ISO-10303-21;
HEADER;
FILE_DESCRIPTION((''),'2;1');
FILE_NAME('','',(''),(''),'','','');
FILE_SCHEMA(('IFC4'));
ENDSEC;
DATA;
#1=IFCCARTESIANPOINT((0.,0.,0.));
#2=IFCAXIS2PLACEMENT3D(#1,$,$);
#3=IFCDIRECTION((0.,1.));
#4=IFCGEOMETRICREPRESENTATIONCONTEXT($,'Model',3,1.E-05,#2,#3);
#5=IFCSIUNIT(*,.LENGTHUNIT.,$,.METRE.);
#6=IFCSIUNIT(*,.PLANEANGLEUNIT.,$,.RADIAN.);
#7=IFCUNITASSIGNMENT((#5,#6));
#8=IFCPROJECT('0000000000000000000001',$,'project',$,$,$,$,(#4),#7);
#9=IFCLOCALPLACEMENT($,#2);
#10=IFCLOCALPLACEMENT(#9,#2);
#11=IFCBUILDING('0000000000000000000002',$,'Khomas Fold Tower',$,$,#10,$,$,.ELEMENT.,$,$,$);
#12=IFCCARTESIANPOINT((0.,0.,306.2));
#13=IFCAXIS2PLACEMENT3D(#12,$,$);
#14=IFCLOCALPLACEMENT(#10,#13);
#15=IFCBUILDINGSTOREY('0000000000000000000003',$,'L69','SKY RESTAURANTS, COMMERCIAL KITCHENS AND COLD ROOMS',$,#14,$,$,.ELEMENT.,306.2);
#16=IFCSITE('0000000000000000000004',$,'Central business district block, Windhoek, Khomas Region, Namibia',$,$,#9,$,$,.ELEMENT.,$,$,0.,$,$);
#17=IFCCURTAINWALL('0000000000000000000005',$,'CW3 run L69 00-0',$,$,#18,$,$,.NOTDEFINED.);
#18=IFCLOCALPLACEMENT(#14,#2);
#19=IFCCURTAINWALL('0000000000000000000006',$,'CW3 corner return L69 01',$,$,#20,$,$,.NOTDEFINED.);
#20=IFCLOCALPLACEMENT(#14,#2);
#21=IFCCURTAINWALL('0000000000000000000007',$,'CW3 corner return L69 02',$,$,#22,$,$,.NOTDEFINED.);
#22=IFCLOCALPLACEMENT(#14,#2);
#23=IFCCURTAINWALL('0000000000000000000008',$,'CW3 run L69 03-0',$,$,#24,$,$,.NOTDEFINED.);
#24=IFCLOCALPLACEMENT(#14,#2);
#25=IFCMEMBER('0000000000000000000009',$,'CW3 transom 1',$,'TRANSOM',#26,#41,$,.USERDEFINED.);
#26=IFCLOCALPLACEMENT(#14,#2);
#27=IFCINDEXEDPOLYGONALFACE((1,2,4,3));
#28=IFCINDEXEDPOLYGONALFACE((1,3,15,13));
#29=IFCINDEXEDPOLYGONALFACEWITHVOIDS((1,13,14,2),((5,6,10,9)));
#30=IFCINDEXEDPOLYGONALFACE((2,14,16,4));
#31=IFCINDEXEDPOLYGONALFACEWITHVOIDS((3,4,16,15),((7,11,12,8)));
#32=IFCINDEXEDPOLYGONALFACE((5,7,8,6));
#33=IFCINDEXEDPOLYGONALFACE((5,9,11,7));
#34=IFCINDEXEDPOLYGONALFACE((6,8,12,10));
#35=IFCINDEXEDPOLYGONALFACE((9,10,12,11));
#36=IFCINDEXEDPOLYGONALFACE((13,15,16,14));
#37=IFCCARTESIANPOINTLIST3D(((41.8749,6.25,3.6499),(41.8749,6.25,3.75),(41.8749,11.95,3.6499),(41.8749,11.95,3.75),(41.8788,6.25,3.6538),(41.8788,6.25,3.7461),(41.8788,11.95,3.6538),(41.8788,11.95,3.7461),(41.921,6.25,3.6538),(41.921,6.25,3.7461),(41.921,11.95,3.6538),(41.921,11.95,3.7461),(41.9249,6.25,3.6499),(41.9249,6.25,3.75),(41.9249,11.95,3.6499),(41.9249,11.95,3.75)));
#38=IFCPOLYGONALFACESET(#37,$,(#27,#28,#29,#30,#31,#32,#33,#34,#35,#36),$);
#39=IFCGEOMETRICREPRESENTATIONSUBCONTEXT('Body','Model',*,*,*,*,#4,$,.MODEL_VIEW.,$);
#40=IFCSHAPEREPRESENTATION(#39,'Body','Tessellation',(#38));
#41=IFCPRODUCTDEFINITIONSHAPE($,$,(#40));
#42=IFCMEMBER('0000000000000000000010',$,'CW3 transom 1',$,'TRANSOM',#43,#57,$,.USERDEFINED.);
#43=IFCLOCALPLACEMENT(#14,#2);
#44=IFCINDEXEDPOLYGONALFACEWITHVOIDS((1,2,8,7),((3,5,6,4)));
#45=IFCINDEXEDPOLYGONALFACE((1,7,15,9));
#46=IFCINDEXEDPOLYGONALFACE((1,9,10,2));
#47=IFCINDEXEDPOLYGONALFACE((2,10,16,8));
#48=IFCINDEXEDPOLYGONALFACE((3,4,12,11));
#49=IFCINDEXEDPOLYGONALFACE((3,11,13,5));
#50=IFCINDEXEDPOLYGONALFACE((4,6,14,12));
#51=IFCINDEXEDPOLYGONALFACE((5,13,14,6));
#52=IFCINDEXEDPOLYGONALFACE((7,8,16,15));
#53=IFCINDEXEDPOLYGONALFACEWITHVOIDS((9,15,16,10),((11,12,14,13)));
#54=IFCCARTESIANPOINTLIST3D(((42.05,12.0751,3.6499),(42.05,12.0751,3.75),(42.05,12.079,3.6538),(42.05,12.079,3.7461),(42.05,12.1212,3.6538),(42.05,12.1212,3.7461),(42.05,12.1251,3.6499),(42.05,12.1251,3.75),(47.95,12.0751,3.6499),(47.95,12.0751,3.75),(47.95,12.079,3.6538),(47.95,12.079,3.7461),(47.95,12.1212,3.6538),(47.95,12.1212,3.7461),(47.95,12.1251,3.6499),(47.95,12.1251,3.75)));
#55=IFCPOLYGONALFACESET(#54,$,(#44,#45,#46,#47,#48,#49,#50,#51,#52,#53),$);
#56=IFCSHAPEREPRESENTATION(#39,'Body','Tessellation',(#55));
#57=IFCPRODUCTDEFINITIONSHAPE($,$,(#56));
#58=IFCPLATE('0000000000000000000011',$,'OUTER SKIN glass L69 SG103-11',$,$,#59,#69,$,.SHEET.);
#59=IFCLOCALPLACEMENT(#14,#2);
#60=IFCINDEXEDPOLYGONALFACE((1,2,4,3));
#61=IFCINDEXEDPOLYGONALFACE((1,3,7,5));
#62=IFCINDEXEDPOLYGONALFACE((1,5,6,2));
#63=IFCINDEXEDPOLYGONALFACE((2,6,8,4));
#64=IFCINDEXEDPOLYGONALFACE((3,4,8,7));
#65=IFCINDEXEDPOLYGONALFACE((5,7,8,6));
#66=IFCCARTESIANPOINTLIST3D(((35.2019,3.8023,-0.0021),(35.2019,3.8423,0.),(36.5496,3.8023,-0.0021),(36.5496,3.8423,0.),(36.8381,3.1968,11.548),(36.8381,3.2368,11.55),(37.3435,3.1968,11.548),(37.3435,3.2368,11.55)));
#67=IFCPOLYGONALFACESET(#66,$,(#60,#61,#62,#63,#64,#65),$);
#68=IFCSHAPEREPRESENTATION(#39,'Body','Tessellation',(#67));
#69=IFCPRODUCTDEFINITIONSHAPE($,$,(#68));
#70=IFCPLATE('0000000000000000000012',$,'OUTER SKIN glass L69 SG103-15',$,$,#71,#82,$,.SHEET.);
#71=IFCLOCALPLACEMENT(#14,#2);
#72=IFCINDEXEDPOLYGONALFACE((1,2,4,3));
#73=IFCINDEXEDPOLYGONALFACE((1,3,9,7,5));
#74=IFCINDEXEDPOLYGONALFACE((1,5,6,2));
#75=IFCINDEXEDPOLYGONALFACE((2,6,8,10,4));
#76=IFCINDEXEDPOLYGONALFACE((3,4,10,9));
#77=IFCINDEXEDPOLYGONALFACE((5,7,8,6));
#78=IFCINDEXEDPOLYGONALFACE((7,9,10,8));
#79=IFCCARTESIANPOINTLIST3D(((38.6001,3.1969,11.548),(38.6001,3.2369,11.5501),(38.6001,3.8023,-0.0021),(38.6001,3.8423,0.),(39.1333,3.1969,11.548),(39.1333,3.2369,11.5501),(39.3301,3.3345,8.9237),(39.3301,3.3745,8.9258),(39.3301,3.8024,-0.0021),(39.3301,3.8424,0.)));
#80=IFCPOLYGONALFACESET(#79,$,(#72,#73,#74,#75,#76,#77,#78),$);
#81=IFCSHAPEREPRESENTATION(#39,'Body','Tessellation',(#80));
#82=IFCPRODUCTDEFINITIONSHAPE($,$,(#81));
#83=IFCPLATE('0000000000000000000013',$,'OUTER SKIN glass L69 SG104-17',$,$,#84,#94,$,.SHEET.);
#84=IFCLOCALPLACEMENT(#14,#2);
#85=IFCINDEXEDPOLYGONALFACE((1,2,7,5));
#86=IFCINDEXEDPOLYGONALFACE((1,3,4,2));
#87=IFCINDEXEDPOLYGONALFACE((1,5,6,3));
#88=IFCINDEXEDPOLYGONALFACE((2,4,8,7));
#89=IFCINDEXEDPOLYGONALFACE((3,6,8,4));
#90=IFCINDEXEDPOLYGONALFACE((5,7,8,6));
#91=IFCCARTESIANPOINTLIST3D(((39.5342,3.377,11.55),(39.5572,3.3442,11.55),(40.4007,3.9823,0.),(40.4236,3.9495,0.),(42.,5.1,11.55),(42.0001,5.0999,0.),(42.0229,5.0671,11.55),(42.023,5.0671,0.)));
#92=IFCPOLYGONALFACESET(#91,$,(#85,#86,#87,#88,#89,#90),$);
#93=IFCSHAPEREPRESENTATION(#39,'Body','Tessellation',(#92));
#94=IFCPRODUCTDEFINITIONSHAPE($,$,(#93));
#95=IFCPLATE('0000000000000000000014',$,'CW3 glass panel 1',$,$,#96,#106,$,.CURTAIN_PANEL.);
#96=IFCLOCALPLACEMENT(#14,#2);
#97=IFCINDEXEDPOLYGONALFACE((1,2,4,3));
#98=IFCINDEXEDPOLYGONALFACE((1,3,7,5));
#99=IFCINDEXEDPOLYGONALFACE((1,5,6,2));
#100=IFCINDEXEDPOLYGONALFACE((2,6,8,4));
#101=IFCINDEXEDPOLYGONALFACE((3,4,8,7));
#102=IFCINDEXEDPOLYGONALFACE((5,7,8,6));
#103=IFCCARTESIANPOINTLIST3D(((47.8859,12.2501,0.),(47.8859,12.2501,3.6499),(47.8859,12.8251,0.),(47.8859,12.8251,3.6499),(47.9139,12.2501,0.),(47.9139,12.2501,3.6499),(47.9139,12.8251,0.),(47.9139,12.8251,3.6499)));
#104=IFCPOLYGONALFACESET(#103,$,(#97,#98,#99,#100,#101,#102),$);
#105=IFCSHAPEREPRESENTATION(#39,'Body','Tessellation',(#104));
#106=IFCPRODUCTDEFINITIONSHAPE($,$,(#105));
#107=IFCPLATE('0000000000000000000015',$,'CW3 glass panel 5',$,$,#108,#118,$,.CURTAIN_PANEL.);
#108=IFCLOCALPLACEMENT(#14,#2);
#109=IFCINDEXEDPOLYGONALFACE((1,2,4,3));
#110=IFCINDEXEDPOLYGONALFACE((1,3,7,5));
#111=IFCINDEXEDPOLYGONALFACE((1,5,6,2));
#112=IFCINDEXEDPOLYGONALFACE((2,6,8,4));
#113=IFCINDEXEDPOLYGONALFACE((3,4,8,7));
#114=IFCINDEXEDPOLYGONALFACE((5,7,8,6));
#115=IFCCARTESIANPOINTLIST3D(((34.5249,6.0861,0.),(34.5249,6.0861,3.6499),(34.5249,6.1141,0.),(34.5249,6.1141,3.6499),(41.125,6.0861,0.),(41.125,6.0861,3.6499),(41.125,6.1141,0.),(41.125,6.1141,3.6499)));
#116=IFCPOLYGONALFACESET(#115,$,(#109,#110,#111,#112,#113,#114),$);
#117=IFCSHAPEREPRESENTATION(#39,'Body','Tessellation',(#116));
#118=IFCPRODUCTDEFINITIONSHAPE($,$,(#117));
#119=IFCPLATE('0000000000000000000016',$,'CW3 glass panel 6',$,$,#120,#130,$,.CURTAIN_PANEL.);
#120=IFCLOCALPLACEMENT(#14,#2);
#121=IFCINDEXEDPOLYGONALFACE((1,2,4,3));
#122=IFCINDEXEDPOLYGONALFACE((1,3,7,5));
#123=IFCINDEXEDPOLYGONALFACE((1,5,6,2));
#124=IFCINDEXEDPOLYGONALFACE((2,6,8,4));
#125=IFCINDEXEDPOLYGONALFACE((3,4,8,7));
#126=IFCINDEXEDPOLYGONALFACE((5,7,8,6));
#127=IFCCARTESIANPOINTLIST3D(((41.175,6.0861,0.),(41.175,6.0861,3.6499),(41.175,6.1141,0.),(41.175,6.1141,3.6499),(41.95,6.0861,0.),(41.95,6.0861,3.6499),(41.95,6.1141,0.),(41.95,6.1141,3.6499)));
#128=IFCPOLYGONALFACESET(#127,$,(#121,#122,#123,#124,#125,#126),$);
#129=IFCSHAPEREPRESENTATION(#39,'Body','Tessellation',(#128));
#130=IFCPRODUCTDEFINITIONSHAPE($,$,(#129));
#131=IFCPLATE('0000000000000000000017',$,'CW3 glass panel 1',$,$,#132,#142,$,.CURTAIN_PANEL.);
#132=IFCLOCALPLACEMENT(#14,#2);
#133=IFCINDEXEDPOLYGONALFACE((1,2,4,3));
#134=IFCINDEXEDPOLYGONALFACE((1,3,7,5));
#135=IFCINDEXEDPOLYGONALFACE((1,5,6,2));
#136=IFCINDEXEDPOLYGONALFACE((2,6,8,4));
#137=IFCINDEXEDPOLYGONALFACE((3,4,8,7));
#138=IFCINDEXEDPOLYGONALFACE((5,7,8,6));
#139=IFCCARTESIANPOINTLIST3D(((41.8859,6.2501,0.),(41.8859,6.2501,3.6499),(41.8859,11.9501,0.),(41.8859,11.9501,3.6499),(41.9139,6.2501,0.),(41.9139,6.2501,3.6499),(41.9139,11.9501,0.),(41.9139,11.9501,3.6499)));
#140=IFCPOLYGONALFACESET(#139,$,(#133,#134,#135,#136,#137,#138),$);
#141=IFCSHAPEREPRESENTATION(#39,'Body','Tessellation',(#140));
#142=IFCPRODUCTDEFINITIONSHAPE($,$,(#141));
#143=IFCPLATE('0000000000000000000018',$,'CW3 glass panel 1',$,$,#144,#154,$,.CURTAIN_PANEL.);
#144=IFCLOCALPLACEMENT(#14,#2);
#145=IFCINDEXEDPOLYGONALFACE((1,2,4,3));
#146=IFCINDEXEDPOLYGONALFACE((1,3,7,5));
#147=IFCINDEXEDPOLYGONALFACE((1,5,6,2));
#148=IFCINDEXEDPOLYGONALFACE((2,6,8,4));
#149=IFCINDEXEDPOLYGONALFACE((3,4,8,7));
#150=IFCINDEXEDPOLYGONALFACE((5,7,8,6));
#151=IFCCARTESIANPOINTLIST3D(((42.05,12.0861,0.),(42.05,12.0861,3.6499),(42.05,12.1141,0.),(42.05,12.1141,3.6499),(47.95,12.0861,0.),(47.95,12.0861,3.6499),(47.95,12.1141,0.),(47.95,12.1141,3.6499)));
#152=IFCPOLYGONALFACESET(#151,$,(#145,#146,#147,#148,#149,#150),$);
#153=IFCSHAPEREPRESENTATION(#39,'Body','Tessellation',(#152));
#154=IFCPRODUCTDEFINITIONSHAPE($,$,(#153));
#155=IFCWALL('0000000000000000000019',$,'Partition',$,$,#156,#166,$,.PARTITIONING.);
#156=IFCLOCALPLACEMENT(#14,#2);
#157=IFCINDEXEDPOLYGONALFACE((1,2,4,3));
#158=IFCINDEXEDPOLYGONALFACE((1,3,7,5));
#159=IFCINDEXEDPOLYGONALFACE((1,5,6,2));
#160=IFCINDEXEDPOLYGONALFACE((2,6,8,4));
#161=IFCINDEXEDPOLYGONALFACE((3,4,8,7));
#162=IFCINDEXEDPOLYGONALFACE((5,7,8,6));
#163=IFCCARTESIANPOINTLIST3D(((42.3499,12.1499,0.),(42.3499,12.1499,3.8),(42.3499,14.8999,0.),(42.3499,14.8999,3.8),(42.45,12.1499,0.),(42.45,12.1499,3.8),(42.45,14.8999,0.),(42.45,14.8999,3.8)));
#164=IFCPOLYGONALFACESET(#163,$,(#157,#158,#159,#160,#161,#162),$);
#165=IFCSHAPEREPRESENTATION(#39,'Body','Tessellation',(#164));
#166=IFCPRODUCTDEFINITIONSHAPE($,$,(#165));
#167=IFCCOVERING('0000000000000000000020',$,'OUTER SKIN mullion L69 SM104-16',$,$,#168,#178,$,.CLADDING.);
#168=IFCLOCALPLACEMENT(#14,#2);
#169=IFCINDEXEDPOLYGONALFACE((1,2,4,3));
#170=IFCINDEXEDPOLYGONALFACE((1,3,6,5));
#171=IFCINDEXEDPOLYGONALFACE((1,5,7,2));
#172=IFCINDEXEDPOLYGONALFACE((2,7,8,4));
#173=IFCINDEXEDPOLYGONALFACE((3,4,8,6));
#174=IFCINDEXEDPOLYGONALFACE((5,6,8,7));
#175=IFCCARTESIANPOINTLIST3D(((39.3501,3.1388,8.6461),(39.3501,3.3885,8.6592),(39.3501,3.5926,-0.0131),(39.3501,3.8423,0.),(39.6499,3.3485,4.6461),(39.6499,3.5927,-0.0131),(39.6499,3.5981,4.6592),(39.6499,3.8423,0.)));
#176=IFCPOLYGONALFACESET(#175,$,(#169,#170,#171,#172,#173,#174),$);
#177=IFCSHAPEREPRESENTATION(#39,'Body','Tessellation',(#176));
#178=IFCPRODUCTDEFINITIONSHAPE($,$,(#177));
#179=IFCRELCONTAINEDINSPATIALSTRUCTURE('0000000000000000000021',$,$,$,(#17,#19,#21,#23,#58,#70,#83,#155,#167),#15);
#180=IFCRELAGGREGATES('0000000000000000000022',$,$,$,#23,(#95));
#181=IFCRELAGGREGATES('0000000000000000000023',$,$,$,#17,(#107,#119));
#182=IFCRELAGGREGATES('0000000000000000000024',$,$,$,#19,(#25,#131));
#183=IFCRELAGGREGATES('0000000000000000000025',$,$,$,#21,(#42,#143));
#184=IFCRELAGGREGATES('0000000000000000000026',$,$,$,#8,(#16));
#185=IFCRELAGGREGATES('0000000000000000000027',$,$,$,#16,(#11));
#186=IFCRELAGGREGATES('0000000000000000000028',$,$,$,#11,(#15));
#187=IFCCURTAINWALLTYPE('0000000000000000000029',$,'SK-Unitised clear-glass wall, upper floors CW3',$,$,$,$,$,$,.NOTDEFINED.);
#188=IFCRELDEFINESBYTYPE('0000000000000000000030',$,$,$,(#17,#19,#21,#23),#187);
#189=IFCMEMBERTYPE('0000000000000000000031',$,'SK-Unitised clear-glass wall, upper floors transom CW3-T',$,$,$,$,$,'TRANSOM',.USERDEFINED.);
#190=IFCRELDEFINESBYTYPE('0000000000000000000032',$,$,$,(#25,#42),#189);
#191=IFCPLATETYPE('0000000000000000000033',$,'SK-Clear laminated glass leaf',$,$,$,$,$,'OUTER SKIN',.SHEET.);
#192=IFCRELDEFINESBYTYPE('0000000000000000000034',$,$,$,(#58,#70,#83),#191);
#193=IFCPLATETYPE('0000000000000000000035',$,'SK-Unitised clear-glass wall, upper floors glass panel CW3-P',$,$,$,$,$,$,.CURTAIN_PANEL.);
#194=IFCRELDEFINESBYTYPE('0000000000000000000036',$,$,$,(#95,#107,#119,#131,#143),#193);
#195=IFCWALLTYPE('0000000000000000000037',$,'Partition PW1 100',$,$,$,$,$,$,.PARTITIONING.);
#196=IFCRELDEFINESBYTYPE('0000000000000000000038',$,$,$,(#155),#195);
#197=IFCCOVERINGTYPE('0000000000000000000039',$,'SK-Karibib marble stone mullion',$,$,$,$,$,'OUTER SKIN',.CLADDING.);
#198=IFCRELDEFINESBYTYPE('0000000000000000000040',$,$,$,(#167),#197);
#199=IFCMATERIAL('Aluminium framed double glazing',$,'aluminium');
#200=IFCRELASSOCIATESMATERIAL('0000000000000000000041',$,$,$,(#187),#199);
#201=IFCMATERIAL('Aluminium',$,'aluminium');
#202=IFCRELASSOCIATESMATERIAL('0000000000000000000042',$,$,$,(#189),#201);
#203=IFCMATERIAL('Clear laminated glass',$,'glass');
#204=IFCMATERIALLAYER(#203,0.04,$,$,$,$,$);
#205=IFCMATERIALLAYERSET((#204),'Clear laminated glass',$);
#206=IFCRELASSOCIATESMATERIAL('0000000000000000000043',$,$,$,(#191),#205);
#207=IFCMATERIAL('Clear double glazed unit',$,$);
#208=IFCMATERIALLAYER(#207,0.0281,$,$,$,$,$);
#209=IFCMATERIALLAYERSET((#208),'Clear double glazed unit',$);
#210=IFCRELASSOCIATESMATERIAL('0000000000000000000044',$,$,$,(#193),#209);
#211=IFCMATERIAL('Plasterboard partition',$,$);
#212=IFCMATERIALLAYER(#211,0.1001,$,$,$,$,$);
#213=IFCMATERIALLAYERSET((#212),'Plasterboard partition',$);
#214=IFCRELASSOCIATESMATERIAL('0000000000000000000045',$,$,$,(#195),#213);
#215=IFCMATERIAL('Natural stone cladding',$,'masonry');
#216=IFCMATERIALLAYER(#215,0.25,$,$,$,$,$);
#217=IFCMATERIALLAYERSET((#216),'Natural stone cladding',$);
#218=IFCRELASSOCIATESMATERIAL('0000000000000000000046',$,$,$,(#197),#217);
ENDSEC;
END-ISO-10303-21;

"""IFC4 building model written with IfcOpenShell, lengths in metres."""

from ifc_helpers import new_model, si_unit, direction, frame, frame_2d, origin, origin_2d, place, context, subcontext, project, spatial, polyline, rectangle, hollow_rectangle, outline, extrude, source, transform, mapped, material, layer, layer_set, material_profile, profile_set, type_object, element, aggregate, save


model = new_model("IFC4")

# Units and contexts
model_context = context("Model", 3, precision=1e-05, world=origin(), true_north=direction((0.0, 1.0)))
body_context = subcontext(model_context, "Body", "Model", "MODEL_VIEW")
ifc_project = project(units=[si_unit("LENGTHUNIT", "METRE"), si_unit("PLANEANGLEUNIT", "RADIAN")], contexts=[model_context])

# Site, building, storey
site_placement = place(None, origin())
site = spatial("IfcSite", under=ifc_project, at=site_placement, Name="Central business district block, Windhoek, Khomas Region, Namibia", CompositionType="ELEMENT", RefElevation=0.0)
building_placement = place(site_placement, origin())
building = spatial("IfcBuilding", under=site, at=building_placement, Name="Khomas Fold Tower", CompositionType="ELEMENT")
storey_placement = place(building_placement, frame((0.0, 0.0, 306.2)))
storey = spatial("IfcBuildingStorey", under=building, at=storey_placement, Name="L69", Description="SKY RESTAURANTS, COMMERCIAL KITCHENS AND COLD ROOMS", CompositionType="ELEMENT", Elevation=306.2)

# Curtain walls
ifc_material_1 = material(Name="Aluminium framed double glazing", Category="aluminium")
curtain_wall_type = type_object("IfcCurtainWallType", Name="SK-Unitised clear-glass wall, upper floors CW3", PredefinedType="NOTDEFINED", material=ifc_material_1)
curtain_wall_1_placement = place(storey_placement, origin())
curtain_wall_1 = element("IfcCurtainWall", 1, at=curtain_wall_1_placement, inside=storey, type_object=curtain_wall_type, Name="CW3 run L69 00-0", PredefinedType="NOTDEFINED")
curtain_wall_2_placement = place(storey_placement, origin())
curtain_wall_2 = element("IfcCurtainWall", 2, at=curtain_wall_2_placement, inside=storey, type_object=curtain_wall_type, Name="CW3 corner return L69 01", PredefinedType="NOTDEFINED")
curtain_wall_3_placement = place(storey_placement, origin())
curtain_wall_3 = element("IfcCurtainWall", 3, at=curtain_wall_3_placement, inside=storey, type_object=curtain_wall_type, Name="CW3 corner return L69 02", PredefinedType="NOTDEFINED")

# Curtain wall
curtain_wall_4_placement = place(storey_placement, origin())
curtain_wall_4 = element("IfcCurtainWall", 4, at=curtain_wall_4_placement, inside=storey, type_object=curtain_wall_type, Name="CW3 run L69 03-0", PredefinedType="NOTDEFINED")
ifc_material_2 = material(Name="Aluminium", Category="aluminium")
ifc_material_profile_1 = material_profile(ifc_material_2, hollow_rectangle(XDim=0.05, YDim=0.1001, WallThickness=0.0039, at=origin_2d()), Name="SK-Unitised clear-glass wall, upper floors transom CW3-T")
ifc_profile_set_1 = profile_set([ifc_material_profile_1], Name="Aluminium")
member_type_1 = type_object("IfcMemberType", Name="SK-Unitised clear-glass wall, upper floors transom CW3-T", ElementType="TRANSOM", PredefinedType="USERDEFINED", material=ifc_profile_set_1)

# Members
shared_shape_1 = source(origin(), body_context, "Body", "SweptSolid", [
    extrude(hollow_rectangle(XDim=0.05, YDim=0.1001, WallThickness=0.0039, at=origin_2d()), origin(), (0.0, 0.0, 1.0), 5.7),
])
member_1_placement = place(storey_placement, frame((41.8999, 6.25, 3.7), z_axis=(0.0, 1.0, 0.0), x_axis=(-1.0, 0.0, 0.0)))
member_1 = element("IfcMember", 5, at=member_1_placement, type_object=member_type_1, Name="CW3 transom 1", ObjectType="TRANSOM", PredefinedType="USERDEFINED", context=body_context, shape_type="MappedRepresentation", body=[
    mapped(shared_shape_1, transform((0.0, 0.0, 0.0))),
])
shared_shape_2 = source(origin(), body_context, "Body", "SweptSolid", [
    extrude(hollow_rectangle(XDim=0.05, YDim=0.1001, WallThickness=0.0039, at=origin_2d()), origin(), (0.0, 0.0, 1.0), 5.8999),
])
member_2_placement = place(storey_placement, frame((42.05, 12.1001, 3.7), z_axis=(1.0, 0.0, 0.0), x_axis=(0.0, 1.0, 0.0)))
member_2 = element("IfcMember", 6, at=member_2_placement, type_object=member_type_1, Name="CW3 transom 1", ObjectType="TRANSOM", PredefinedType="USERDEFINED", context=body_context, shape_type="MappedRepresentation", body=[
    mapped(shared_shape_2, transform((0.0, 0.0, 0.0))),
])

# Plates
ifc_material_3 = material(Name="Clear laminated glass", Category="glass")
ifc_layer_1 = layer(ifc_material_3, 0.04)
ifc_layer_set_1 = layer_set([ifc_layer_1], Name="Clear laminated glass")
plate_type_1 = type_object("IfcPlateType", Name="SK-Clear laminated glass leaf", ElementType="OUTER SKIN", PredefinedType="SHEET", material=ifc_layer_set_1)
plate_1_placement = place(storey_placement, frame((36.5496, 3.8423, 0.0), z_axis=(0.0, 0.998629, 0.052349), x_axis=(-1.0, 0.0, 0.0)))
element("IfcPlate", 7, at=plate_1_placement, inside=storey, type_object=plate_type_1, Name="OUTER SKIN glass L69 SG103-11", PredefinedType="SHEET", context=body_context, shape_type="SweptSolid", body=[
    extrude(outline(polyline([(0.0, 0.0), (1.3477, 0.0), (-0.2886, 11.5659), (-0.7939, 11.5659), (0.0, 0.0)])), origin(), (0.0, 0.0, -1.0), 0.04),
])
plate_2_placement = place(storey_placement, frame((39.3301, 3.3745, 8.9258), z_axis=(-0.00009, 0.998629, 0.052348), x_axis=(0.0, 0.052348, -0.998629)))
element("IfcPlate", 8, at=plate_2_placement, inside=storey, type_object=plate_type_1, Name="OUTER SKIN glass L69 SG103-15", PredefinedType="SHEET", context=body_context, shape_type="SweptSolid", body=[
    extrude(outline(polyline([(0.0, 0.0), (8.938, 0.0), (8.938, 0.73), (-2.6279, 0.73), (-2.6279, 0.1968), (0.0, 0.0)])), origin(), (0.0, 0.0, -1.0), 0.04),
])
plate_3_placement = place(storey_placement, frame((40.4236, 3.9495, 0.0), z_axis=(0.572778, -0.81971, 0.000008), x_axis=(-0.074701, -0.052188, 0.995839)))
element("IfcPlate", 9, at=plate_3_placement, inside=storey, type_object=plate_type_1, Name="OUTER SKIN glass L69 SG104-17", PredefinedType="SHEET", context=body_context, shape_type="SweptSolid", body=[
    extrude(outline(polyline([(0.0, 0.0), (11.5983, 0.0), (11.3242, -2.9956), (-0.1778, -1.9431), (0.0, 0.0)])), origin(), (0.0, 0.0, -1.0), 0.04),
])

# Plates
ifc_material_4 = material(Name="Clear double glazed unit")
ifc_layer_2 = layer(ifc_material_4, 0.0281)
ifc_layer_set_2 = layer_set([ifc_layer_2], Name="Clear double glazed unit")
plate_type_2 = type_object("IfcPlateType", Name="SK-Unitised clear-glass wall, upper floors glass panel CW3-P", PredefinedType="CURTAIN_PANEL", material=ifc_layer_set_2)
shared_shape_3 = source(origin(), body_context, "Body", "SweptSolid", [
    extrude(rectangle(XDim=0.575, YDim=0.0281, at=origin_2d()), origin(), (0.0, 0.0, 1.0), 3.6499),
])
plate_4_placement = place(storey_placement, frame((47.8999, 12.5376, 0.0), z_axis=(0.0, 0.0, 1.0), x_axis=(0.0, 1.0, 0.0)))
plate_4 = element("IfcPlate", 10, at=plate_4_placement, type_object=plate_type_2, Name="CW3 glass panel 1", PredefinedType="CURTAIN_PANEL", context=body_context, shape_type="MappedRepresentation", body=[
    mapped(shared_shape_3, transform((0.0, 0.0, 0.0))),
])
aggregate(curtain_wall_4, [plate_4])
shared_shape_4 = source(origin(), body_context, "Body", "SweptSolid", [
    extrude(rectangle(XDim=6.6001, YDim=0.0281, at=origin_2d()), origin(), (0.0, 0.0, 1.0), 3.6499),
])
plate_5_placement = place(storey_placement, frame((37.825, 6.1001, 0.0), z_axis=(0.0, 0.0, 1.0), x_axis=(1.0, 0.0, 0.0)))
plate_5 = element("IfcPlate", 11, at=plate_5_placement, type_object=plate_type_2, Name="CW3 glass panel 5", PredefinedType="CURTAIN_PANEL", context=body_context, shape_type="MappedRepresentation", body=[
    mapped(shared_shape_4, transform((0.0, 0.0, 0.0))),
])
shared_shape_5 = source(origin(), body_context, "Body", "SweptSolid", [
    extrude(rectangle(XDim=0.7749, YDim=0.0281, at=origin_2d()), origin(), (0.0, 0.0, 1.0), 3.6499),
])
plate_6_placement = place(storey_placement, frame((41.5625, 6.1001, 0.0), z_axis=(0.0, 0.0, 1.0), x_axis=(1.0, 0.0, 0.0)))
plate_6 = element("IfcPlate", 12, at=plate_6_placement, type_object=plate_type_2, Name="CW3 glass panel 6", PredefinedType="CURTAIN_PANEL", context=body_context, shape_type="MappedRepresentation", body=[
    mapped(shared_shape_5, transform((0.0, 0.0, 0.0))),
])
aggregate(curtain_wall_1, [plate_5, plate_6])
shared_shape_6 = source(origin(), body_context, "Body", "SweptSolid", [
    extrude(rectangle(XDim=5.7, YDim=0.0281, at=origin_2d()), origin(), (0.0, 0.0, 1.0), 3.6499),
])
plate_7_placement = place(storey_placement, frame((41.8999, 9.1001, 0.0), z_axis=(0.0, 0.0, 1.0), x_axis=(0.0, 1.0, 0.0)))
plate_7 = element("IfcPlate", 13, at=plate_7_placement, type_object=plate_type_2, Name="CW3 glass panel 1", PredefinedType="CURTAIN_PANEL", context=body_context, shape_type="MappedRepresentation", body=[
    mapped(shared_shape_6, transform((0.0, 0.0, 0.0))),
])
aggregate(curtain_wall_2, [member_1, plate_7])
shared_shape_7 = source(origin(), body_context, "Body", "SweptSolid", [
    extrude(rectangle(XDim=5.8999, YDim=0.0281, at=origin_2d()), origin(), (0.0, 0.0, 1.0), 3.6499),
])
plate_8_placement = place(storey_placement, frame((45.0, 12.1001, 0.0), z_axis=(0.0, 0.0, 1.0), x_axis=(1.0, 0.0, 0.0)))
plate_8 = element("IfcPlate", 14, at=plate_8_placement, type_object=plate_type_2, Name="CW3 glass panel 1", PredefinedType="CURTAIN_PANEL", context=body_context, shape_type="MappedRepresentation", body=[
    mapped(shared_shape_7, transform((0.0, 0.0, 0.0))),
])
aggregate(curtain_wall_3, [member_2, plate_8])

# Wall
ifc_material_5 = material(Name="Plasterboard partition")
ifc_layer_3 = layer(ifc_material_5, 0.1001)
ifc_layer_set_3 = layer_set([ifc_layer_3], Name="Plasterboard partition")
wall_type = type_object("IfcWallType", Name="Partition PW1 100", PredefinedType="PARTITIONING", material=ifc_layer_set_3)
shared_shape_8 = source(origin(), body_context, "Body", "SweptSolid", [
    extrude(rectangle(XDim=2.75, YDim=0.1001, at=frame_2d((1.375, 0.0))), origin(), (0.0, 0.0, 1.0), 3.8),
])
wall_placement = place(storey_placement, frame((42.3999, 12.1499, 0.0), z_axis=(0.0, 0.0, 1.0), x_axis=(0.0, 1.0, 0.0)))
element("IfcWall", 15, at=wall_placement, inside=storey, type_object=wall_type, Name="Partition", PredefinedType="PARTITIONING", context=body_context, shape_type="MappedRepresentation", body=[
    mapped(shared_shape_8, transform((0.0, 0.0, 0.0))),
])

# Covering
ifc_material_6 = material(Name="Natural stone cladding", Category="masonry")
ifc_layer_4 = layer(ifc_material_6, 0.25)
ifc_layer_set_4 = layer_set([ifc_layer_4], Name="Natural stone cladding")
covering_type = type_object("IfcCoveringType", Name="SK-Karibib marble stone mullion", ElementType="OUTER SKIN", PredefinedType="CLADDING", material=ifc_layer_set_4)
covering_placement = place(storey_placement, frame((39.6499, 3.5981, 4.6592), z_axis=(-0.000136, 0.998629, 0.052337), x_axis=(0.0, 0.052337, -0.998629)))
element("IfcCovering", 16, at=covering_placement, inside=storey, type_object=covering_type, Name="OUTER SKIN mullion L69 SM104-16", PredefinedType="CLADDING", context=body_context, shape_type="SweptSolid", body=[
    extrude(outline(polyline([(0.0, 0.0), (4.6656, 0.0), (4.6656, 0.2998), (-4.0055, 0.2998), (0.0, 0.0)])), origin(), (0.0, 0.0, -1.0), 0.25),
])

save(model, "model.ifc")
